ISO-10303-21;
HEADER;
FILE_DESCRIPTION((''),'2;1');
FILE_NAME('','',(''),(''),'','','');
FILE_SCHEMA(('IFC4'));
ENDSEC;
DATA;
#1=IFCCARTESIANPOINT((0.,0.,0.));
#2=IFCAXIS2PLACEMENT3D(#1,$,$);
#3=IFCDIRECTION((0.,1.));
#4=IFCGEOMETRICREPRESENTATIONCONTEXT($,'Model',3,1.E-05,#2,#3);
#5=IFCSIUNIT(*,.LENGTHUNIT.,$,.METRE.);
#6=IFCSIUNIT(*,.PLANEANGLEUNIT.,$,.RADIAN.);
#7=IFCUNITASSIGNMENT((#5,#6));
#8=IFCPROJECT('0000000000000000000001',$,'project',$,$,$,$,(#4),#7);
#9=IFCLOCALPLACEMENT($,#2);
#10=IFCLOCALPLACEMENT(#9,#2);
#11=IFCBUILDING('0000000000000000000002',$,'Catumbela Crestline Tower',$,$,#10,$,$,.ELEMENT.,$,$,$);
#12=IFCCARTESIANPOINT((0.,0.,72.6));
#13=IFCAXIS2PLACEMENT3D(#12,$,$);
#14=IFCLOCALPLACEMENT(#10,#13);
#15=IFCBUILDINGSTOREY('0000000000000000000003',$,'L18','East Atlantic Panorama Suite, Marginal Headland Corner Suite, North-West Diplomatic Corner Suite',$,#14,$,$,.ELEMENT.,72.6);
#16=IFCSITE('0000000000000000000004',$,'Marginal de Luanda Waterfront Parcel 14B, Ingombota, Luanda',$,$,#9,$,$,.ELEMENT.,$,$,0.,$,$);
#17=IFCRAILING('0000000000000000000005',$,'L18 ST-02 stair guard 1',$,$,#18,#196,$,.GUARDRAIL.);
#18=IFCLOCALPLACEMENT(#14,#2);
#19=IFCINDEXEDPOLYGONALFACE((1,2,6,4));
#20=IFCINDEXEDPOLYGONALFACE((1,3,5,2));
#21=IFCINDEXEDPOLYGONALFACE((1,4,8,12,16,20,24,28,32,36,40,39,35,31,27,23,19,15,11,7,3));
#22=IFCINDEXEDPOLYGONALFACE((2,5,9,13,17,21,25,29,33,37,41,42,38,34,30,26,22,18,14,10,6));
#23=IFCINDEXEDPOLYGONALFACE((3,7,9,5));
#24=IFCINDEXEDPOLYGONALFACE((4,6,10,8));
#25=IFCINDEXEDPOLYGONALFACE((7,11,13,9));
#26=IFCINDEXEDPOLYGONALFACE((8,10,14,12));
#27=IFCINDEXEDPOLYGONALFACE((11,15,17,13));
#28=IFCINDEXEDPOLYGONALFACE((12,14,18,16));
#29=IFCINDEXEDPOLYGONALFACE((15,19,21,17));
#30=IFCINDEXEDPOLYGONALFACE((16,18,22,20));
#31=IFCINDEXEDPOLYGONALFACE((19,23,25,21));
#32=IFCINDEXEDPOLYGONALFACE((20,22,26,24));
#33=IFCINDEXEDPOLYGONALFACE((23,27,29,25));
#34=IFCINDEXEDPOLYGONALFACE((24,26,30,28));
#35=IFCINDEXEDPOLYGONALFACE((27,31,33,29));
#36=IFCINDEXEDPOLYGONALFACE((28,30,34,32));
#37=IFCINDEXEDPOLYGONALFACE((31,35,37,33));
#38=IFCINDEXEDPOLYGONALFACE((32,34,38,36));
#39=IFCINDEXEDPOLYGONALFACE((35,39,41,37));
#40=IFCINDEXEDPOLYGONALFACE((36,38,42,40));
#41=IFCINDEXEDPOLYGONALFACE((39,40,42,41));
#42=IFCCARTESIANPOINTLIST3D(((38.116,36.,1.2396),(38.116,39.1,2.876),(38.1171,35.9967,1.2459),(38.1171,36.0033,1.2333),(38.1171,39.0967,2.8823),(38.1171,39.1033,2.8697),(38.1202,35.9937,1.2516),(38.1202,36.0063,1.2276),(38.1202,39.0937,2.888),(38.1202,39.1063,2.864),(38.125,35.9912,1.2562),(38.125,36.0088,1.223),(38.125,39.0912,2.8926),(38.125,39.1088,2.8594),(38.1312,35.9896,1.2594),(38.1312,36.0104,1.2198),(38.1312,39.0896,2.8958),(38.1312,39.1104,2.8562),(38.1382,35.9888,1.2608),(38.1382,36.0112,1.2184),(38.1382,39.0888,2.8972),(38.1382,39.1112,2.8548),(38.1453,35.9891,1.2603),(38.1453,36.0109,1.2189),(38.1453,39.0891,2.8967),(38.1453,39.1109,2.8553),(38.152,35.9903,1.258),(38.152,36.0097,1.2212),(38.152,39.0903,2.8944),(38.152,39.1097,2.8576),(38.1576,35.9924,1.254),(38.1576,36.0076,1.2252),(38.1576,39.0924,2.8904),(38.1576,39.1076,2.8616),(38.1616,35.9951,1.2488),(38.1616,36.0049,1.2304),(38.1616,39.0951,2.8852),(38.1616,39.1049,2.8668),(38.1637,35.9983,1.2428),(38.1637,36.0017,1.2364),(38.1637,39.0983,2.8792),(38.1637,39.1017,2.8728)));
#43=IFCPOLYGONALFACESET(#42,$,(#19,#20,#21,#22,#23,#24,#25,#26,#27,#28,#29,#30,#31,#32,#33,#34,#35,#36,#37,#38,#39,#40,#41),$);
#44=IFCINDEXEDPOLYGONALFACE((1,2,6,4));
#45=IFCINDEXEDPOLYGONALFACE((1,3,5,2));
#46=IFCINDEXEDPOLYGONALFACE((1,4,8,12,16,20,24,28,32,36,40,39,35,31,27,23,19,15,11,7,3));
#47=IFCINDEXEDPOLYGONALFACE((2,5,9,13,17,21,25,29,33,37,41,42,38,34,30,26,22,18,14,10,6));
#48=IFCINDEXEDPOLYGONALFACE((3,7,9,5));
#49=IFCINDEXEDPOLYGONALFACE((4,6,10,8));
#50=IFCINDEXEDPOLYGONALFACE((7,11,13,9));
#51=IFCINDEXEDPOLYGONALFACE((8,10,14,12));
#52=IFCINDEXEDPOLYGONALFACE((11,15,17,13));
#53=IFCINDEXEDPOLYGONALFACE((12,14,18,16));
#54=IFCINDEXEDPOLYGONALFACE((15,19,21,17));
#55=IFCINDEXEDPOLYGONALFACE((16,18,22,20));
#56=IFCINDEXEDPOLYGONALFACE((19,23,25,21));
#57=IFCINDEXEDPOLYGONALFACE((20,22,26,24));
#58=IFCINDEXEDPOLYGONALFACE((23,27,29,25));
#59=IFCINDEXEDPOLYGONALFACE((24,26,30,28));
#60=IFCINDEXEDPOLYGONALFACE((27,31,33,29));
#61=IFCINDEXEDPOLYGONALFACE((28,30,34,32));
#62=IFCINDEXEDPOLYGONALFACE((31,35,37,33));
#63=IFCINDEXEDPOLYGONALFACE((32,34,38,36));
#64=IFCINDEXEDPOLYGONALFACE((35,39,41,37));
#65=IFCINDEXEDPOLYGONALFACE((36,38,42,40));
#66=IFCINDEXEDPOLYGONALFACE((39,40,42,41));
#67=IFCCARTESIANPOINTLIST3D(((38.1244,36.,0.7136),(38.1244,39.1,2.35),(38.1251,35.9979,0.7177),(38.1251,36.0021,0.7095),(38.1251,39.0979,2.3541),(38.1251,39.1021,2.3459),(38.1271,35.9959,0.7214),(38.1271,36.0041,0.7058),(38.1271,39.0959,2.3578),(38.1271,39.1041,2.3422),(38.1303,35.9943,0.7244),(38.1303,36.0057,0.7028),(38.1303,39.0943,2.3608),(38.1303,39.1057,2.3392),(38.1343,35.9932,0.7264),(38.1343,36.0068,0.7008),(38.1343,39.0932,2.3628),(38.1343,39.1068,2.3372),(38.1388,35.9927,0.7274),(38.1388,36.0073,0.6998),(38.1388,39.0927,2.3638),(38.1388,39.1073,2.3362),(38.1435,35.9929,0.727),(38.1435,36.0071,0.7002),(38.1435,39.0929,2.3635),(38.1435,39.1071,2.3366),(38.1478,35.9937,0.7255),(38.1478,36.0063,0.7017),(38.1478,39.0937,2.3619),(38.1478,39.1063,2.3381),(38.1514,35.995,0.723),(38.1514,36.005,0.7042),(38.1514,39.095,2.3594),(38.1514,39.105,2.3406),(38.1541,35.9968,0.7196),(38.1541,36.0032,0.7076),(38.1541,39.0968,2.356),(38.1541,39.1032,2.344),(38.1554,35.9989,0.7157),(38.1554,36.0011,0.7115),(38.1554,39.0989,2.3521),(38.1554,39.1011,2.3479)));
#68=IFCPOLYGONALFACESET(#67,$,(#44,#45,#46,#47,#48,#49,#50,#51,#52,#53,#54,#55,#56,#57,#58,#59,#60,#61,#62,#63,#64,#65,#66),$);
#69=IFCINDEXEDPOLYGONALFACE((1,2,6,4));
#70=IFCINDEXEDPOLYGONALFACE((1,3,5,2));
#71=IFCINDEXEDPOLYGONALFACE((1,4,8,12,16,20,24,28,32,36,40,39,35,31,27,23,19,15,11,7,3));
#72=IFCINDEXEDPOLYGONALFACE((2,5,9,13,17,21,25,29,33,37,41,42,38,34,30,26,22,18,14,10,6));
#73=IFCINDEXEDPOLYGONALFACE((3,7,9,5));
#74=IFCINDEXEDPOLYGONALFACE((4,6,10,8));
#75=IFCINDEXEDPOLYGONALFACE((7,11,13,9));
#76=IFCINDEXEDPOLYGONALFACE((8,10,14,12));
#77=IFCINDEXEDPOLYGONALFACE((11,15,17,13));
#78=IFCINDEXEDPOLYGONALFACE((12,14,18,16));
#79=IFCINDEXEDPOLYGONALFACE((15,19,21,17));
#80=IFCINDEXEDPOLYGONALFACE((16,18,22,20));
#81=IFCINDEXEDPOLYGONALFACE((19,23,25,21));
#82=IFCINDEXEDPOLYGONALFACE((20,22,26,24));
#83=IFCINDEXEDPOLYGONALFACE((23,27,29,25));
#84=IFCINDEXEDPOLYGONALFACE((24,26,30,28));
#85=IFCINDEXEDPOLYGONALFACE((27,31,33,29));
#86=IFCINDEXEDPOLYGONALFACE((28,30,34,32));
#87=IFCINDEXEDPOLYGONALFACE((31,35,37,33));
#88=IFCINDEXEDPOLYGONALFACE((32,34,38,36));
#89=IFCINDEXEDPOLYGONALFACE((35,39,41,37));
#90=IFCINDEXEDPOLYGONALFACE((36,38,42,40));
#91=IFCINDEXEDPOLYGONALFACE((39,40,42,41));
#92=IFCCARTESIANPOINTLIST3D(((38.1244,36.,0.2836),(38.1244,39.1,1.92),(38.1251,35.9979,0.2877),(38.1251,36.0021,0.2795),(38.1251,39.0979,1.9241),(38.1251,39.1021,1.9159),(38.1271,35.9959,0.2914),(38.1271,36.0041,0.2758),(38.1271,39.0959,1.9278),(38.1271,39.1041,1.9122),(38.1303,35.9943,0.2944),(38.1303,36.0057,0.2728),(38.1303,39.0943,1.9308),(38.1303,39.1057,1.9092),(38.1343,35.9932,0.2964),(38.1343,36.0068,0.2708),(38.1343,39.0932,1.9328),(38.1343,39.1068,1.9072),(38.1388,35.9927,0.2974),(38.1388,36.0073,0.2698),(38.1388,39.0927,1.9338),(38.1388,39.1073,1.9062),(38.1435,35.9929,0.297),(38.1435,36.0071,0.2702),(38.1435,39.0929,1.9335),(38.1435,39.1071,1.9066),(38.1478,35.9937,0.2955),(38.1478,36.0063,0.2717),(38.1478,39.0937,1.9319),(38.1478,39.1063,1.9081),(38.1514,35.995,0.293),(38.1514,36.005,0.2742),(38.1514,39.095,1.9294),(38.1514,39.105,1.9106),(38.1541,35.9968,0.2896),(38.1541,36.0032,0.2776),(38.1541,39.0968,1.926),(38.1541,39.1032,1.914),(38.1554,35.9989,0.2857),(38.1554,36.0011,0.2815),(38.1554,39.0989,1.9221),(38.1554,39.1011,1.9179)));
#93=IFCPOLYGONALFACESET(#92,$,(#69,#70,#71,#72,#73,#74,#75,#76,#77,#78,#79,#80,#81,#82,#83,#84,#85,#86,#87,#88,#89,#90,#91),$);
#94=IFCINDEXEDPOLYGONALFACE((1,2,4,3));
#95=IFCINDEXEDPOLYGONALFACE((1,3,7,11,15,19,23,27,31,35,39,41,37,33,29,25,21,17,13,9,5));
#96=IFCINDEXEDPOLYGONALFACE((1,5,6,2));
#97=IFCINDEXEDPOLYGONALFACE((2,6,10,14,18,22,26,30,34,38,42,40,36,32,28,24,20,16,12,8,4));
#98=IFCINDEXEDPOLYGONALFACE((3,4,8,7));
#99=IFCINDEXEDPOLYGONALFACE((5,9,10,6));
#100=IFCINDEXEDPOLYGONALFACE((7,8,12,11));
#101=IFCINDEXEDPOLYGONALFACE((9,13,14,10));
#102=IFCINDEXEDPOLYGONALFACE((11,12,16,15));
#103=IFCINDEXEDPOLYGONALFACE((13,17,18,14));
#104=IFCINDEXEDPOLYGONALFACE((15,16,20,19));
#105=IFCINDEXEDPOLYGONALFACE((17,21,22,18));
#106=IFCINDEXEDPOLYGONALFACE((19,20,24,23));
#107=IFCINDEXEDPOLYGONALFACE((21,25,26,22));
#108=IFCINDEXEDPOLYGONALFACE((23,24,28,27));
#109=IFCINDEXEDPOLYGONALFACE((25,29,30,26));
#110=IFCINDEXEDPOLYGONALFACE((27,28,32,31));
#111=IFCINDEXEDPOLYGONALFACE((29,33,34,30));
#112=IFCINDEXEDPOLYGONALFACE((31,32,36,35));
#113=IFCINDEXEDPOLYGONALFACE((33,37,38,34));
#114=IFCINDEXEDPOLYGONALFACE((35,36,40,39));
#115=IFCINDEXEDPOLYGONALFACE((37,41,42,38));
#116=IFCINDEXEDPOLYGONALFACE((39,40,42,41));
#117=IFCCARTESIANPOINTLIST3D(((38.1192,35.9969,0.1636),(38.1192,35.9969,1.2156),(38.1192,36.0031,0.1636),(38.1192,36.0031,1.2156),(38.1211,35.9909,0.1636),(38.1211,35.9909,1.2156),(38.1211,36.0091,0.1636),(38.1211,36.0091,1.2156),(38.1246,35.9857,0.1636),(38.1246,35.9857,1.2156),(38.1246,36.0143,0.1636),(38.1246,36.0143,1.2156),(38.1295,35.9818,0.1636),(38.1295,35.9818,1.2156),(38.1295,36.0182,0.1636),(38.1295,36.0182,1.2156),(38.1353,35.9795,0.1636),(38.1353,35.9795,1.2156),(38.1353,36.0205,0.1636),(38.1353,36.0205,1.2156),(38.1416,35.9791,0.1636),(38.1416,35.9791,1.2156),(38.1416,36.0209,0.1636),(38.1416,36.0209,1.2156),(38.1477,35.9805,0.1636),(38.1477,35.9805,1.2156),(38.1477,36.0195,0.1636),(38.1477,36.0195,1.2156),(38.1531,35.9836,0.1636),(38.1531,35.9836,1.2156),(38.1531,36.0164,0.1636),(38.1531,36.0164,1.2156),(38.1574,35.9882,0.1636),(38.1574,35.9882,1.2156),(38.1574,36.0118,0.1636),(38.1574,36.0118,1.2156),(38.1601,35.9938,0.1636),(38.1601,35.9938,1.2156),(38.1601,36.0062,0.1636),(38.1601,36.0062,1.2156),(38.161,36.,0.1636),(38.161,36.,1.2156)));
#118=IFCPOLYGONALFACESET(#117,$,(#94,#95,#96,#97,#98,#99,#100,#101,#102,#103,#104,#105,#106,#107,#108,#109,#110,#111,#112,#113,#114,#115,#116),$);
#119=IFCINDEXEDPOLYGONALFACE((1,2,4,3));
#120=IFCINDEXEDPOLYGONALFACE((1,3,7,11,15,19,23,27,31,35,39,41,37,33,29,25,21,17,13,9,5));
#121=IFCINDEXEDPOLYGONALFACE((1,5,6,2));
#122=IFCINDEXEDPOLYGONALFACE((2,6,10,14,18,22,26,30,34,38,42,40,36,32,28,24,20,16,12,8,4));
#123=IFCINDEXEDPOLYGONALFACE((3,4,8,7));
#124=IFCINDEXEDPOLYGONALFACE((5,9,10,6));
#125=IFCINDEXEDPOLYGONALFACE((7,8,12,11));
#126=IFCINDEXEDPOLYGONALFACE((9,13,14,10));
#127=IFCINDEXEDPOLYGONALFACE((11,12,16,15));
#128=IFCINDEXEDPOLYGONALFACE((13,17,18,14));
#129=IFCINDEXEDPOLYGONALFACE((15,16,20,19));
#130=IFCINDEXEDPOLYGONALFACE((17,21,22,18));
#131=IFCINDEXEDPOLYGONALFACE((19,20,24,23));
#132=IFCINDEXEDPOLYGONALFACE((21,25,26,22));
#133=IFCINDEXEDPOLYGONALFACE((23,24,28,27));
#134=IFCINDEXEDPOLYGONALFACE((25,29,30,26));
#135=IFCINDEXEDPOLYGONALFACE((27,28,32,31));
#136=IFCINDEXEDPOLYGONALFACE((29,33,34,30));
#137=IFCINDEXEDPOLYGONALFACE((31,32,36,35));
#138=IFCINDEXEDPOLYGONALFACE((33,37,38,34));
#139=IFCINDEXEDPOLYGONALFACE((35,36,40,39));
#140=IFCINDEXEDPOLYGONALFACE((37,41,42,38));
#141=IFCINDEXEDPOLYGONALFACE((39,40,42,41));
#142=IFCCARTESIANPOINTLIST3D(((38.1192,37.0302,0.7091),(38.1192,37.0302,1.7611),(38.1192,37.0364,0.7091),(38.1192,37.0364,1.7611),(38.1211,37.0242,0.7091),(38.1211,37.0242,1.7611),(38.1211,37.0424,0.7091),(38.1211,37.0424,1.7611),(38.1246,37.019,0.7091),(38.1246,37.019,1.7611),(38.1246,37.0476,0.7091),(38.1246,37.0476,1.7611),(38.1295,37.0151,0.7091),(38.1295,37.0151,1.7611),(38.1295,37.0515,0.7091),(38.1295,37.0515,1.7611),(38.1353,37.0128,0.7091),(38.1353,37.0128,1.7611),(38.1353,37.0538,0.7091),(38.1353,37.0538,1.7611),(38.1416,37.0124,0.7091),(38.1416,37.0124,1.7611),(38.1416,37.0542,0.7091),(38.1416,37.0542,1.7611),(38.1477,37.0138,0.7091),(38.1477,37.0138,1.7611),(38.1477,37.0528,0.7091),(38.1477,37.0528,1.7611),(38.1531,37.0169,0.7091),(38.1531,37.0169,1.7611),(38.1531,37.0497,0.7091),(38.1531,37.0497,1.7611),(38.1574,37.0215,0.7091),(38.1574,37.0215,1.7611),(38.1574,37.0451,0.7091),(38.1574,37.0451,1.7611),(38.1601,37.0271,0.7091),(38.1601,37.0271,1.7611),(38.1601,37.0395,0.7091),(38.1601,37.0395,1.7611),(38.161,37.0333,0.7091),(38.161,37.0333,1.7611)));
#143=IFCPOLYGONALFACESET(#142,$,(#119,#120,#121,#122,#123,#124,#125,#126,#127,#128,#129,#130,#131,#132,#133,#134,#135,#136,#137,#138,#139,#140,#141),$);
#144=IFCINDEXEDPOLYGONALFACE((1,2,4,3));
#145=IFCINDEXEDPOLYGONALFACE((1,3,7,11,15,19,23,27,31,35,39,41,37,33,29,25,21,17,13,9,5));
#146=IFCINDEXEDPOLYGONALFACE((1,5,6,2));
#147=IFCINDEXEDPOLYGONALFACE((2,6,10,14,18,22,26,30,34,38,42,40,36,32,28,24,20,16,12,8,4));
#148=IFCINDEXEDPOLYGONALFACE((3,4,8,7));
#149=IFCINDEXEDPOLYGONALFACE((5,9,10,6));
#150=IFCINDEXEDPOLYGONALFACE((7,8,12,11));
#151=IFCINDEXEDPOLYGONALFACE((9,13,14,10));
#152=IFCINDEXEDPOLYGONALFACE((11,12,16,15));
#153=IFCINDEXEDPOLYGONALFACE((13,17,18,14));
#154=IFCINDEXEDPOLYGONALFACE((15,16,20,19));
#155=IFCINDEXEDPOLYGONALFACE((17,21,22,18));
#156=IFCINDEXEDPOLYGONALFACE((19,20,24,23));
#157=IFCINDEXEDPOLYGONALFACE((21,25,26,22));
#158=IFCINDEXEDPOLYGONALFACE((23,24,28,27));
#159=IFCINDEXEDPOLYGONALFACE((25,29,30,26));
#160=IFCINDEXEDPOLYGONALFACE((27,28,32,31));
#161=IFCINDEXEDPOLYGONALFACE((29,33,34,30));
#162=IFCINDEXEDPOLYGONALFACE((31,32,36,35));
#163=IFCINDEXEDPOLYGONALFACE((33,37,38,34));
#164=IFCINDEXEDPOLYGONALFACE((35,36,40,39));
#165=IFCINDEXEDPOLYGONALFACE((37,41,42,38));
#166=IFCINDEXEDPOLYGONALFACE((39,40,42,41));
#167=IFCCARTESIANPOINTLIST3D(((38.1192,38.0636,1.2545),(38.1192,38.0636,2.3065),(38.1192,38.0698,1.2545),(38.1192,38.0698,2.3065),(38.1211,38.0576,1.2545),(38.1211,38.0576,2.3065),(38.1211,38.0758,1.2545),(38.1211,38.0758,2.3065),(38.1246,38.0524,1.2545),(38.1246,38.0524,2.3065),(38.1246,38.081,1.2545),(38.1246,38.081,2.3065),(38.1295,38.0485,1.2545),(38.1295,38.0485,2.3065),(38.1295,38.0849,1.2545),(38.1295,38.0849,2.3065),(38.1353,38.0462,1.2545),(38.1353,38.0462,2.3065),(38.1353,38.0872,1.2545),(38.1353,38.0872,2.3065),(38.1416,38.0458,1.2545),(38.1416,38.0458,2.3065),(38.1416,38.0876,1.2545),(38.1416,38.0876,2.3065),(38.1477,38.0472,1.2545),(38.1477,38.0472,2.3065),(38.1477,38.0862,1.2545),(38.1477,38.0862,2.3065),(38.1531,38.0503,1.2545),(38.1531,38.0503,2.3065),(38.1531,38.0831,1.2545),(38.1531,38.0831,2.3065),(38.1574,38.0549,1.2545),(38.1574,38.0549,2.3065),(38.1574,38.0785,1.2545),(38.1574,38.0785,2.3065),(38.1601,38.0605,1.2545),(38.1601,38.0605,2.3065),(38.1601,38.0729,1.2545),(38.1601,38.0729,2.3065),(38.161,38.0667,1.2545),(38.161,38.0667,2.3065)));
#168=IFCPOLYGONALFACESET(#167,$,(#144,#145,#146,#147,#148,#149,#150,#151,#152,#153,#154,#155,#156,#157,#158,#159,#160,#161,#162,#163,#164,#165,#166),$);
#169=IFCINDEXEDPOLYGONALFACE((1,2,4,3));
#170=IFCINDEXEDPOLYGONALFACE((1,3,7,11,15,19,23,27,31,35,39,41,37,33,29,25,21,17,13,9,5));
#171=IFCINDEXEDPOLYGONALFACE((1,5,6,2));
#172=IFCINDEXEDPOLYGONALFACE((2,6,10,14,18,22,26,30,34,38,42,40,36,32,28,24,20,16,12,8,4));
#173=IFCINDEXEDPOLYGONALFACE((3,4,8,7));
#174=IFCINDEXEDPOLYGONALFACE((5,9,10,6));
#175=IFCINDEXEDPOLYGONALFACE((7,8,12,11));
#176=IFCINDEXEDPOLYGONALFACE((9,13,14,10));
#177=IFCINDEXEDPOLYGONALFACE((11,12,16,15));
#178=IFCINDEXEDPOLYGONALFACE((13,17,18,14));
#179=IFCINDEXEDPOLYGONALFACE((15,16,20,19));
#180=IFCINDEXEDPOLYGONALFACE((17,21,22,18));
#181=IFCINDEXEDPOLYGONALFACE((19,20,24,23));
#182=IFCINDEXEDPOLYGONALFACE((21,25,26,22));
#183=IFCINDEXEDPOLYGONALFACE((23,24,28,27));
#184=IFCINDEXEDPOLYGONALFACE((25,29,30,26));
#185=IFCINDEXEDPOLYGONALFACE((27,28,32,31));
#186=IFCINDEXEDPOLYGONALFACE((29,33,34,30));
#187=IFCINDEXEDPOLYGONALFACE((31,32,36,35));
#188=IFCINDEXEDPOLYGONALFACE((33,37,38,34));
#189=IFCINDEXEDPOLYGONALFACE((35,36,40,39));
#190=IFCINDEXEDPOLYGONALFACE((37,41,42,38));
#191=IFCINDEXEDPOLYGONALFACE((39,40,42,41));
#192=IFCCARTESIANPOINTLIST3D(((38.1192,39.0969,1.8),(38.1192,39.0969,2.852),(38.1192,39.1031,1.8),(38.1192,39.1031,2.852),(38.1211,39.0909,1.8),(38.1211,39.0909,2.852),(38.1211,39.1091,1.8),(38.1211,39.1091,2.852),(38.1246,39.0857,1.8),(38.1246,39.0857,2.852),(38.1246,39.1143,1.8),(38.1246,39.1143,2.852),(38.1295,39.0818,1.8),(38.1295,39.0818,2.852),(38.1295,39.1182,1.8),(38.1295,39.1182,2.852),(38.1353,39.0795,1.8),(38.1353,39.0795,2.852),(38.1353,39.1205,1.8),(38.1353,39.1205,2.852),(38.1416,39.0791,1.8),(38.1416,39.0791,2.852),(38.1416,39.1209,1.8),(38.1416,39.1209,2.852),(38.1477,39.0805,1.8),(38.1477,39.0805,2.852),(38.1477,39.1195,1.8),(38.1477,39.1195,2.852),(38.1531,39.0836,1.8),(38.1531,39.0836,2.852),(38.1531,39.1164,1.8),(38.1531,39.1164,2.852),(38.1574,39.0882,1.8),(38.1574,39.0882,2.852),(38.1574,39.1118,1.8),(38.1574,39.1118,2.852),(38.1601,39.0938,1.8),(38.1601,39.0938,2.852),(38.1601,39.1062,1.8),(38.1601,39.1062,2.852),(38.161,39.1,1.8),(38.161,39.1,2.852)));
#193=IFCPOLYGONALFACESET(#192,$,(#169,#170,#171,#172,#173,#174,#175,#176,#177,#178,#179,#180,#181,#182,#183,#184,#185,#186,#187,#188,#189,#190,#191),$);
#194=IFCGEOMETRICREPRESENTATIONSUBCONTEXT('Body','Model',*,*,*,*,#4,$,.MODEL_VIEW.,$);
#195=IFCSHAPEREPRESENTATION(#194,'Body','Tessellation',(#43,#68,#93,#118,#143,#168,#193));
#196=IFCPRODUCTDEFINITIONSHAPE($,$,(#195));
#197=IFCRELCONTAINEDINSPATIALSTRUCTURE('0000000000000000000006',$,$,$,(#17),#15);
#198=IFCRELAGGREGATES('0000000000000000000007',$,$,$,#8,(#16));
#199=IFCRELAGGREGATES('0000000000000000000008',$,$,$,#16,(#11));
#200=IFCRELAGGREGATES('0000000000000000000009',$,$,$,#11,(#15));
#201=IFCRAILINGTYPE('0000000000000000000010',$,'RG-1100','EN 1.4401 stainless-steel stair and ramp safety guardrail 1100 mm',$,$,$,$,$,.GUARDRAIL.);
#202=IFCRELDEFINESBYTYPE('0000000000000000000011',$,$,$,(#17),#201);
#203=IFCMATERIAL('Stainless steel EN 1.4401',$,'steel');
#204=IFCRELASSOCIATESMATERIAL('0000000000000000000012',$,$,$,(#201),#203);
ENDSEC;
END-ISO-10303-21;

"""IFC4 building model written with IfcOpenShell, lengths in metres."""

from ifc_helpers import new_model, si_unit, direction, frame, origin, origin_2d, place, context, subcontext, project, spatial, circle, extrude, material, type_object, element, save


model = new_model("IFC4")

# Units and contexts
model_context = context("Model", 3, precision=1e-05, world=origin(), true_north=direction((0.0, 1.0)))
body_context = subcontext(model_context, "Body", "Model", "MODEL_VIEW")
ifc_project = project(units=[si_unit("LENGTHUNIT", "METRE"), si_unit("PLANEANGLEUNIT", "RADIAN")], contexts=[model_context])

# Site, building, storey
site_placement = place(None, origin())
site = spatial("IfcSite", under=ifc_project, at=site_placement, Name="Marginal de Luanda Waterfront Parcel 14B, Ingombota, Luanda", CompositionType="ELEMENT", RefElevation=0.0)
building_placement = place(site_placement, origin())
building = spatial("IfcBuilding", under=site, at=building_placement, Name="Catumbela Crestline Tower", CompositionType="ELEMENT")
storey_placement = place(building_placement, frame((0.0, 0.0, 72.6)))
storey = spatial("IfcBuildingStorey", under=building, at=storey_placement, Name="L18", Description="East Atlantic Panorama Suite, Marginal Headland Corner Suite, North-West Diplomatic Corner Suite", CompositionType="ELEMENT", Elevation=72.6)

# Shared definitions
ifc_material_1 = material(Name="Stainless steel EN 1.4401", Category="steel")

# Railing
railing_type_1 = type_object("IfcRailingType", Name="RG-1100", Description="EN 1.4401 stainless-steel stair and ramp safety guardrail 1100 mm", PredefinedType="GUARDRAIL", material=ifc_material_1)
railing_1_placement = place(storey_placement, frame((38.14, 36.0, 0.1636)))
element("IfcRailing", 1, at=railing_1_placement, inside=storey, type_object=railing_type_1, Name="L18 ST-02 stair guard 1", PredefinedType="GUARDRAIL", context=body_context, shape_type="SweptSolid", body=[
    extrude(circle(Radius=0.024, at=origin_2d()), frame((0.0, 0.0, 1.076), z_axis=(0.0, 0.884351, 0.466823), x_axis=(-1.0, 0.0, 0.0)), (0.0, 0.0, 1.0), 3.5054),
    extrude(circle(Radius=0.0156, at=origin_2d()), frame((0.0, 0.0, 0.55), z_axis=(0.0, 0.884351, 0.466823), x_axis=(-1.0, 0.0, 0.0)), (0.0, 0.0, 1.0), 3.5054),
    extrude(circle(Radius=0.0156, at=origin_2d()), frame((0.0, 0.0, 0.12), z_axis=(0.0, 0.884351, 0.466823), x_axis=(-1.0, 0.0, 0.0)), (0.0, 0.0, 1.0), 3.5054),
    extrude(circle(Radius=0.021, at=origin_2d()), origin(), (0.0, 0.0, 1.0), 1.052),
    extrude(circle(Radius=0.021, at=origin_2d()), frame((0.0, 1.0333, 0.5455)), (0.0, 0.0, 1.0), 1.052),
    extrude(circle(Radius=0.021, at=origin_2d()), frame((0.0, 2.0667, 1.0909)), (0.0, 0.0, 1.0), 1.052),
    extrude(circle(Radius=0.021, at=origin_2d()), frame((0.0, 3.1, 1.6364)), (0.0, 0.0, 1.0), 1.052),
])

save(model, "model.ifc")
